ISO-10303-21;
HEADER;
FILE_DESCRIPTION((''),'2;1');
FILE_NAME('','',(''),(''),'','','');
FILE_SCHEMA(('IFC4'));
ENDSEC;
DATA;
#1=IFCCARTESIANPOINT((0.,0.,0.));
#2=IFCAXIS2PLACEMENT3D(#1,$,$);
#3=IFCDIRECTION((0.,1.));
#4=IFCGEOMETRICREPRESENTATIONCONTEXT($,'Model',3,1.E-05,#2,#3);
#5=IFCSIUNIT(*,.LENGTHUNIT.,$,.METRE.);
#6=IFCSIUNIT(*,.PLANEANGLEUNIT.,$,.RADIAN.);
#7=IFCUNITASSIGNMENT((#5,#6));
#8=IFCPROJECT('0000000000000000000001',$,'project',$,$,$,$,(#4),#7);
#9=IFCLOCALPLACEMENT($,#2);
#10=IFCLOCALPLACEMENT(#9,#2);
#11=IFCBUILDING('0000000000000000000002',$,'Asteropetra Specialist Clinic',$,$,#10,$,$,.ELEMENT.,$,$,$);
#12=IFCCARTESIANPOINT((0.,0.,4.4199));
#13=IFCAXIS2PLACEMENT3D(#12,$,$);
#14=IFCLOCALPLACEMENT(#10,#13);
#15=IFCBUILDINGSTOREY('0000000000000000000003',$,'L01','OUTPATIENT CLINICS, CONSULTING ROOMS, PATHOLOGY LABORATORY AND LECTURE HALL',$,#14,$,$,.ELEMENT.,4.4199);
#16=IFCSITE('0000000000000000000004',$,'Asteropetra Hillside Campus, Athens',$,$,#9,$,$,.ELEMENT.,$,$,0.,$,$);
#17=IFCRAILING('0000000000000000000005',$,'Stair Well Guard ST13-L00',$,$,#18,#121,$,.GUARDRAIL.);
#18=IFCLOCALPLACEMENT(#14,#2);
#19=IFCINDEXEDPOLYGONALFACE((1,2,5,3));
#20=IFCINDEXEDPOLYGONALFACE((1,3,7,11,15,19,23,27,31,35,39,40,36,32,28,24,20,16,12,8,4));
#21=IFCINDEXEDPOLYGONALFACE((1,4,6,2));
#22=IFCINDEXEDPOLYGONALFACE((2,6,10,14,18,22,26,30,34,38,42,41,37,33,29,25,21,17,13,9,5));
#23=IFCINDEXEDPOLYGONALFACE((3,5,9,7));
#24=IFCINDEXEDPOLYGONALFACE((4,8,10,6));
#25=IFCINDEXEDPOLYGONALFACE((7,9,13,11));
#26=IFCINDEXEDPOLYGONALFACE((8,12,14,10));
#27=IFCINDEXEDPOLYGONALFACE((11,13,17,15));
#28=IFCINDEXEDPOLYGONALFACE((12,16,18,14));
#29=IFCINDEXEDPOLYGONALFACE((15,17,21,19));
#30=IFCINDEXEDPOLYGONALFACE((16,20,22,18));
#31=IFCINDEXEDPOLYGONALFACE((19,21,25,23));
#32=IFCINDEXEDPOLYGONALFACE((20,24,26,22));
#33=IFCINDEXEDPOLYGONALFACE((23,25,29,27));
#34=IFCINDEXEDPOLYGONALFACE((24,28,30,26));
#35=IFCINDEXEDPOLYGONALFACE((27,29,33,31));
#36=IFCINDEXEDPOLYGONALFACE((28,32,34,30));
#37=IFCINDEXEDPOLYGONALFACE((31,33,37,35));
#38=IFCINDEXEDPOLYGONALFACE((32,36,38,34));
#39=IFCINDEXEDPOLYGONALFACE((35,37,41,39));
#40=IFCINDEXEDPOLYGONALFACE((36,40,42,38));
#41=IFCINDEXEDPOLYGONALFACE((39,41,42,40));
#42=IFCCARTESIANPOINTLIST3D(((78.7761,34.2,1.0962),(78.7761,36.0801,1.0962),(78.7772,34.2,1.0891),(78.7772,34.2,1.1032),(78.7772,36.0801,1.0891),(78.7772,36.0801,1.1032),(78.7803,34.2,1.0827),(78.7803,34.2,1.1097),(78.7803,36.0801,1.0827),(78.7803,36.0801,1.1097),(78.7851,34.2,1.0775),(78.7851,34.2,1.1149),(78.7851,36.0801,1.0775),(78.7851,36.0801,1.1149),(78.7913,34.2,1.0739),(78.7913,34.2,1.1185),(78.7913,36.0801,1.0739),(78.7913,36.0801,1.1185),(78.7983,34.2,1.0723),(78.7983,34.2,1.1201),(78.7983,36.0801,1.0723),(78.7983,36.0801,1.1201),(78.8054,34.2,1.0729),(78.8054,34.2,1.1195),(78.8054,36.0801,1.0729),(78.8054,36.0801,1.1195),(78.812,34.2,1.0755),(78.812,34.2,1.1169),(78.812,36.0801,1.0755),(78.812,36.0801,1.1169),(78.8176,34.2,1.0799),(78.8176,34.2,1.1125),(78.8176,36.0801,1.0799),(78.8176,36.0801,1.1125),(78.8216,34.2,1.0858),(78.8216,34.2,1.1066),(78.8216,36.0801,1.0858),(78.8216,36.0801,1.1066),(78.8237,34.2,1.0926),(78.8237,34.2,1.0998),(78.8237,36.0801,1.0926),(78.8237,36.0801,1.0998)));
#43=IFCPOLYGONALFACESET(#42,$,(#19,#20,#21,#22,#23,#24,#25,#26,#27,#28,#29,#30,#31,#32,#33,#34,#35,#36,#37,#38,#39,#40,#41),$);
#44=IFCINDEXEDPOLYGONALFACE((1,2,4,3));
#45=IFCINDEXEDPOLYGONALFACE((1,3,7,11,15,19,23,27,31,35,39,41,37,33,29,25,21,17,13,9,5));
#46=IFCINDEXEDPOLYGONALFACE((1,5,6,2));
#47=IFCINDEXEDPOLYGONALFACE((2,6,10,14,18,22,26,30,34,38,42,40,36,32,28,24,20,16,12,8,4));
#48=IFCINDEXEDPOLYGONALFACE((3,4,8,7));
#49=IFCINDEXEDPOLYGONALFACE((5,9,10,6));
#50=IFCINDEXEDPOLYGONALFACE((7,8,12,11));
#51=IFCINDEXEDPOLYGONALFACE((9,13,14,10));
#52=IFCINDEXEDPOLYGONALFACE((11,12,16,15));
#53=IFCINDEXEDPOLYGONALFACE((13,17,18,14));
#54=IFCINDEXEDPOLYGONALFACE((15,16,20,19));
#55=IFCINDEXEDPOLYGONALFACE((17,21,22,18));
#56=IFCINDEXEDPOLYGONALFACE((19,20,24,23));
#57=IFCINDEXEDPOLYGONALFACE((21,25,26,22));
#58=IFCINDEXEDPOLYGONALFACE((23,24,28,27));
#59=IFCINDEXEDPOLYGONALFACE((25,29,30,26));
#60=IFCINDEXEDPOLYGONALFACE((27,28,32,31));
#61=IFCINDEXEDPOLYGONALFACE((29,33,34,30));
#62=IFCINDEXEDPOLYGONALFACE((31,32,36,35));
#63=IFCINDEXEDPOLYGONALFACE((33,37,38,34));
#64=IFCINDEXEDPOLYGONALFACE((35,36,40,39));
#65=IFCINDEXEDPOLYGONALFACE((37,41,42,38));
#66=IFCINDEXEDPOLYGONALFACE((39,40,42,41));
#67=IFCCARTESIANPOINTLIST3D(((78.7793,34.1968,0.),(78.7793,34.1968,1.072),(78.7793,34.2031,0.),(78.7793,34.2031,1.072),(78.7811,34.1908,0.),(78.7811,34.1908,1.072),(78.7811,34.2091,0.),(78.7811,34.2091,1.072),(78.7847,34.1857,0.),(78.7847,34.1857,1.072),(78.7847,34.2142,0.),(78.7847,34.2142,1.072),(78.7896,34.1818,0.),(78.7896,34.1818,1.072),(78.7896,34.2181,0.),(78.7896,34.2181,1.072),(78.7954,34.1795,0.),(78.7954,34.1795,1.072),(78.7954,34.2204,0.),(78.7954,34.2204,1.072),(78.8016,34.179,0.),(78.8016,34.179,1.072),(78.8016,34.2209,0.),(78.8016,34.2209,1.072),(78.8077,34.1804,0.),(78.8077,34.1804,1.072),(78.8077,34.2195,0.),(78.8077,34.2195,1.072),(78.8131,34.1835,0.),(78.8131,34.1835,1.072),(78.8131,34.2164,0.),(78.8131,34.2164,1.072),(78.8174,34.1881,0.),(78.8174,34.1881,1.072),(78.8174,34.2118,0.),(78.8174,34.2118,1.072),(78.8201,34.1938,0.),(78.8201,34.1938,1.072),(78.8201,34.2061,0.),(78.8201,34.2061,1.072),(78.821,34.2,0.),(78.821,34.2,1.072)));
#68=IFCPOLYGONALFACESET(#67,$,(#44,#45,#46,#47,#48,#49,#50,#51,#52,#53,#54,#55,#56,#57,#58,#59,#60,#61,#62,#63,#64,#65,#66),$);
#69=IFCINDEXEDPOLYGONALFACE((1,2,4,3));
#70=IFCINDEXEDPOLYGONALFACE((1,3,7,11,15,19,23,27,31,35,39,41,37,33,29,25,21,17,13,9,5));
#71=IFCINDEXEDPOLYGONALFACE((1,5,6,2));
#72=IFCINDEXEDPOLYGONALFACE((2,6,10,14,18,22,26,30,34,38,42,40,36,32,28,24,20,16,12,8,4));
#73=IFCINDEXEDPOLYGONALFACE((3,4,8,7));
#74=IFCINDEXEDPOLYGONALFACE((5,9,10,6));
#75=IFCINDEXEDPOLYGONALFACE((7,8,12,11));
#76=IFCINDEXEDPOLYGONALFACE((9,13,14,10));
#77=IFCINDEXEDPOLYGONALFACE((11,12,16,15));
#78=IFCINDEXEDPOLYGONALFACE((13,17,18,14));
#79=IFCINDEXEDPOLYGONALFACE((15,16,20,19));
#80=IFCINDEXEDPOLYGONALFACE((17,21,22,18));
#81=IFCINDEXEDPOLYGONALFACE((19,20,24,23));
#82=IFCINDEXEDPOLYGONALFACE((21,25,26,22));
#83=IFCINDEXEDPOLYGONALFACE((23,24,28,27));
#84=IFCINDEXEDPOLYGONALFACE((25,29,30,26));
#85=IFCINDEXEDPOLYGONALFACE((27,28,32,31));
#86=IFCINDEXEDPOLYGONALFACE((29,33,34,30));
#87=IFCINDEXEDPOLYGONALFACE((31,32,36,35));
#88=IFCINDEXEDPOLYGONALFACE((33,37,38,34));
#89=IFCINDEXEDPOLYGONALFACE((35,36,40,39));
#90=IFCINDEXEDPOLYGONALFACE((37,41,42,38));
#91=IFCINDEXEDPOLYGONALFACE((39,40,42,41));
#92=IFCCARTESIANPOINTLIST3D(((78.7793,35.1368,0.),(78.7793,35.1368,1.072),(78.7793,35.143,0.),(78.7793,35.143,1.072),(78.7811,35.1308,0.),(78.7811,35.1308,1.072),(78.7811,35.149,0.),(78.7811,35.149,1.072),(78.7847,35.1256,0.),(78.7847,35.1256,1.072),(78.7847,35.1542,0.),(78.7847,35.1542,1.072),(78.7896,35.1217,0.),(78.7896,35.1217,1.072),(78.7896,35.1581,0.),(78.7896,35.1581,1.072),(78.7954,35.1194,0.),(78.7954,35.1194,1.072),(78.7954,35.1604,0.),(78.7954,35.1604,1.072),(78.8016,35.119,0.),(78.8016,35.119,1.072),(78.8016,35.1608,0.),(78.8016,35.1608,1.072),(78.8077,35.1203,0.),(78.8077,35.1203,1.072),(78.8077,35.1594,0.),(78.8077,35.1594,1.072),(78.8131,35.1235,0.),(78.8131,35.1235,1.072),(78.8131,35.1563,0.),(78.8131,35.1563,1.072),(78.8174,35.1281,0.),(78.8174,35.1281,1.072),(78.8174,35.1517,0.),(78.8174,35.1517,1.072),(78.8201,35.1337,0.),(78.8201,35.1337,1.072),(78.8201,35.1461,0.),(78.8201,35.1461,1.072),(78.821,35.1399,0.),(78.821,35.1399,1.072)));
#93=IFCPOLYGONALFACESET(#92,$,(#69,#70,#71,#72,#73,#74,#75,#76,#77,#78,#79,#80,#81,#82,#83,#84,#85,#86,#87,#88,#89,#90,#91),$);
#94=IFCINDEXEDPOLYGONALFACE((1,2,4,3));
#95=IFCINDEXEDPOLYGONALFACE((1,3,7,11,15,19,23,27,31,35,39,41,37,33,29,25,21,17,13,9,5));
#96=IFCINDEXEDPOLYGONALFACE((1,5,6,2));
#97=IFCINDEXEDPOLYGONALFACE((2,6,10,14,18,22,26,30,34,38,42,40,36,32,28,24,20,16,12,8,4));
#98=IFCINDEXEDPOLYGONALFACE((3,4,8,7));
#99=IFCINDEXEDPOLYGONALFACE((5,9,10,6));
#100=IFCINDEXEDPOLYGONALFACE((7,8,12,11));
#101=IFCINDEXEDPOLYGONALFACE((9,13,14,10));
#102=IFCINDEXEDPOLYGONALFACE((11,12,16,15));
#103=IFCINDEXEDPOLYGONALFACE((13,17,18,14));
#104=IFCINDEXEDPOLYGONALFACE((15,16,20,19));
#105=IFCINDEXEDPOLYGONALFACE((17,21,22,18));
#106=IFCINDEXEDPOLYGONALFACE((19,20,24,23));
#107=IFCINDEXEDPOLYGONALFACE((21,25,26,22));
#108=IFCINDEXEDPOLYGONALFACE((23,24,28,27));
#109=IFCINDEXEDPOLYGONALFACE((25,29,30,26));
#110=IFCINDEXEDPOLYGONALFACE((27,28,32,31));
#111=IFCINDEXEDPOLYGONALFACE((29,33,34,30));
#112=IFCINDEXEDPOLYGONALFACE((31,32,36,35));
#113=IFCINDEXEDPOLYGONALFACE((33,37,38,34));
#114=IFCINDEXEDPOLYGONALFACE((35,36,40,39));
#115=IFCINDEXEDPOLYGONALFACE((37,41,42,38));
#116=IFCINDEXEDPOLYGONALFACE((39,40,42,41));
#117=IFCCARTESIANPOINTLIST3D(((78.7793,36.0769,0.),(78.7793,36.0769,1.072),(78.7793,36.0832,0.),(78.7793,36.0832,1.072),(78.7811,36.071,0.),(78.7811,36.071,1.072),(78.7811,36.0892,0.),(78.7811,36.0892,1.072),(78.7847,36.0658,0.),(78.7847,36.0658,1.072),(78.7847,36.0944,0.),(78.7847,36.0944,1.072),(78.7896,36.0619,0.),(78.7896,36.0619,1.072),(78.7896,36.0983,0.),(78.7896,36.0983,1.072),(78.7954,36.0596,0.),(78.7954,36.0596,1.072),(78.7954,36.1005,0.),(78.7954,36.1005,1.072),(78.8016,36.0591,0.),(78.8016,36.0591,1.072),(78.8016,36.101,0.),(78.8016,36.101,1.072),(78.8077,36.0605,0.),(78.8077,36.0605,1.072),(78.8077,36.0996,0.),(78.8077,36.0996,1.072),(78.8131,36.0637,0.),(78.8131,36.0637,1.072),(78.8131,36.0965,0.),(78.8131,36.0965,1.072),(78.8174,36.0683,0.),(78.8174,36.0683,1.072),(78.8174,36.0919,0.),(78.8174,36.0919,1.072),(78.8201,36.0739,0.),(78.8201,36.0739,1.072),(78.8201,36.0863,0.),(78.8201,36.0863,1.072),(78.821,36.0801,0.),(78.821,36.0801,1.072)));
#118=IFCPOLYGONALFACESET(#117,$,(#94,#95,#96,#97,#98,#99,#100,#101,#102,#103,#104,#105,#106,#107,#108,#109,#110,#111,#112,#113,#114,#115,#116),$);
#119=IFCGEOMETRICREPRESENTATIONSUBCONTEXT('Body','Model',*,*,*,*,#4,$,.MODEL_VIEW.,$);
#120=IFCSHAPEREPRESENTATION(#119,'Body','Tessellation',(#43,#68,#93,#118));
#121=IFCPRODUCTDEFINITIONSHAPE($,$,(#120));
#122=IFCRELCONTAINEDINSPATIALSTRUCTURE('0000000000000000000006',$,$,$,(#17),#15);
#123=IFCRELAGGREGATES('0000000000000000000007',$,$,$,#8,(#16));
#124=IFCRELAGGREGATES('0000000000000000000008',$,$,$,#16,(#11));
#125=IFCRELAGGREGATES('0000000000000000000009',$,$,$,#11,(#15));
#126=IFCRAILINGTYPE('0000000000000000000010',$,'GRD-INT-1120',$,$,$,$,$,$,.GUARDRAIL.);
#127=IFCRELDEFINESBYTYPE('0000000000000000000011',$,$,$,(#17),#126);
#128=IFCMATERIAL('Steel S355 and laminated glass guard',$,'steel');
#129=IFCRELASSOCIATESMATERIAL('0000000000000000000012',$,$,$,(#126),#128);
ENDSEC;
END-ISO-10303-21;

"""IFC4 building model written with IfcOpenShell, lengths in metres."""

from ifc_helpers import new_model, si_unit, direction, frame, origin, origin_2d, place, context, subcontext, project, spatial, circle, extrude, material, type_object, element, save


model = new_model("IFC4")

# Units and contexts
model_context = context("Model", 3, precision=1e-05, world=origin(), true_north=direction((0.0, 1.0)))
body_context = subcontext(model_context, "Body", "Model", "MODEL_VIEW")
ifc_project = project(units=[si_unit("LENGTHUNIT", "METRE"), si_unit("PLANEANGLEUNIT", "RADIAN")], contexts=[model_context])

# Site, building, storey
site_placement = place(None, origin())
site = spatial("IfcSite", under=ifc_project, at=site_placement, Name="Asteropetra Hillside Campus, Athens", CompositionType="ELEMENT", RefElevation=0.0)
building_placement = place(site_placement, origin())
building = spatial("IfcBuilding", under=site, at=building_placement, Name="Asteropetra Specialist Clinic", CompositionType="ELEMENT")
storey_placement = place(building_placement, frame((0.0, 0.0, 4.4199)))
storey = spatial("IfcBuildingStorey", under=building, at=storey_placement, Name="L01", Description="OUTPATIENT CLINICS, CONSULTING ROOMS, PATHOLOGY LABORATORY AND LECTURE HALL", CompositionType="ELEMENT", Elevation=4.4199)

# Railing
ifc_material_1 = material(Name="Steel S355 and laminated glass guard", Category="steel")
railing_type = type_object("IfcRailingType", Name="GRD-INT-1120", PredefinedType="GUARDRAIL", material=ifc_material_1)
railing_placement = place(storey_placement, frame((78.8, 34.2, 0.0)))
element("IfcRailing", 1, at=railing_placement, inside=storey, type_object=railing_type, Name="Stair Well Guard ST13-L00", PredefinedType="GUARDRAIL", context=body_context, shape_type="SweptSolid", body=[
    extrude(circle(Radius=0.0239, at=origin_2d()), frame((0.0, 0.0, 1.0962), z_axis=(0.0, 1.0, 0.0), x_axis=(-1.0, 0.0, 0.0)), (0.0, 0.0, 1.0), 1.8801),
    extrude(circle(Radius=0.021, at=origin_2d()), origin(), (0.0, 0.0, 1.0), 1.072),
    extrude(circle(Radius=0.021, at=origin_2d()), frame((0.0, 0.9399, 0.0)), (0.0, 0.0, 1.0), 1.072),
    extrude(circle(Radius=0.021, at=origin_2d()), frame((0.0, 1.8801, 0.0)), (0.0, 0.0, 1.0), 1.072),
])

save(model, "model.ifc")
